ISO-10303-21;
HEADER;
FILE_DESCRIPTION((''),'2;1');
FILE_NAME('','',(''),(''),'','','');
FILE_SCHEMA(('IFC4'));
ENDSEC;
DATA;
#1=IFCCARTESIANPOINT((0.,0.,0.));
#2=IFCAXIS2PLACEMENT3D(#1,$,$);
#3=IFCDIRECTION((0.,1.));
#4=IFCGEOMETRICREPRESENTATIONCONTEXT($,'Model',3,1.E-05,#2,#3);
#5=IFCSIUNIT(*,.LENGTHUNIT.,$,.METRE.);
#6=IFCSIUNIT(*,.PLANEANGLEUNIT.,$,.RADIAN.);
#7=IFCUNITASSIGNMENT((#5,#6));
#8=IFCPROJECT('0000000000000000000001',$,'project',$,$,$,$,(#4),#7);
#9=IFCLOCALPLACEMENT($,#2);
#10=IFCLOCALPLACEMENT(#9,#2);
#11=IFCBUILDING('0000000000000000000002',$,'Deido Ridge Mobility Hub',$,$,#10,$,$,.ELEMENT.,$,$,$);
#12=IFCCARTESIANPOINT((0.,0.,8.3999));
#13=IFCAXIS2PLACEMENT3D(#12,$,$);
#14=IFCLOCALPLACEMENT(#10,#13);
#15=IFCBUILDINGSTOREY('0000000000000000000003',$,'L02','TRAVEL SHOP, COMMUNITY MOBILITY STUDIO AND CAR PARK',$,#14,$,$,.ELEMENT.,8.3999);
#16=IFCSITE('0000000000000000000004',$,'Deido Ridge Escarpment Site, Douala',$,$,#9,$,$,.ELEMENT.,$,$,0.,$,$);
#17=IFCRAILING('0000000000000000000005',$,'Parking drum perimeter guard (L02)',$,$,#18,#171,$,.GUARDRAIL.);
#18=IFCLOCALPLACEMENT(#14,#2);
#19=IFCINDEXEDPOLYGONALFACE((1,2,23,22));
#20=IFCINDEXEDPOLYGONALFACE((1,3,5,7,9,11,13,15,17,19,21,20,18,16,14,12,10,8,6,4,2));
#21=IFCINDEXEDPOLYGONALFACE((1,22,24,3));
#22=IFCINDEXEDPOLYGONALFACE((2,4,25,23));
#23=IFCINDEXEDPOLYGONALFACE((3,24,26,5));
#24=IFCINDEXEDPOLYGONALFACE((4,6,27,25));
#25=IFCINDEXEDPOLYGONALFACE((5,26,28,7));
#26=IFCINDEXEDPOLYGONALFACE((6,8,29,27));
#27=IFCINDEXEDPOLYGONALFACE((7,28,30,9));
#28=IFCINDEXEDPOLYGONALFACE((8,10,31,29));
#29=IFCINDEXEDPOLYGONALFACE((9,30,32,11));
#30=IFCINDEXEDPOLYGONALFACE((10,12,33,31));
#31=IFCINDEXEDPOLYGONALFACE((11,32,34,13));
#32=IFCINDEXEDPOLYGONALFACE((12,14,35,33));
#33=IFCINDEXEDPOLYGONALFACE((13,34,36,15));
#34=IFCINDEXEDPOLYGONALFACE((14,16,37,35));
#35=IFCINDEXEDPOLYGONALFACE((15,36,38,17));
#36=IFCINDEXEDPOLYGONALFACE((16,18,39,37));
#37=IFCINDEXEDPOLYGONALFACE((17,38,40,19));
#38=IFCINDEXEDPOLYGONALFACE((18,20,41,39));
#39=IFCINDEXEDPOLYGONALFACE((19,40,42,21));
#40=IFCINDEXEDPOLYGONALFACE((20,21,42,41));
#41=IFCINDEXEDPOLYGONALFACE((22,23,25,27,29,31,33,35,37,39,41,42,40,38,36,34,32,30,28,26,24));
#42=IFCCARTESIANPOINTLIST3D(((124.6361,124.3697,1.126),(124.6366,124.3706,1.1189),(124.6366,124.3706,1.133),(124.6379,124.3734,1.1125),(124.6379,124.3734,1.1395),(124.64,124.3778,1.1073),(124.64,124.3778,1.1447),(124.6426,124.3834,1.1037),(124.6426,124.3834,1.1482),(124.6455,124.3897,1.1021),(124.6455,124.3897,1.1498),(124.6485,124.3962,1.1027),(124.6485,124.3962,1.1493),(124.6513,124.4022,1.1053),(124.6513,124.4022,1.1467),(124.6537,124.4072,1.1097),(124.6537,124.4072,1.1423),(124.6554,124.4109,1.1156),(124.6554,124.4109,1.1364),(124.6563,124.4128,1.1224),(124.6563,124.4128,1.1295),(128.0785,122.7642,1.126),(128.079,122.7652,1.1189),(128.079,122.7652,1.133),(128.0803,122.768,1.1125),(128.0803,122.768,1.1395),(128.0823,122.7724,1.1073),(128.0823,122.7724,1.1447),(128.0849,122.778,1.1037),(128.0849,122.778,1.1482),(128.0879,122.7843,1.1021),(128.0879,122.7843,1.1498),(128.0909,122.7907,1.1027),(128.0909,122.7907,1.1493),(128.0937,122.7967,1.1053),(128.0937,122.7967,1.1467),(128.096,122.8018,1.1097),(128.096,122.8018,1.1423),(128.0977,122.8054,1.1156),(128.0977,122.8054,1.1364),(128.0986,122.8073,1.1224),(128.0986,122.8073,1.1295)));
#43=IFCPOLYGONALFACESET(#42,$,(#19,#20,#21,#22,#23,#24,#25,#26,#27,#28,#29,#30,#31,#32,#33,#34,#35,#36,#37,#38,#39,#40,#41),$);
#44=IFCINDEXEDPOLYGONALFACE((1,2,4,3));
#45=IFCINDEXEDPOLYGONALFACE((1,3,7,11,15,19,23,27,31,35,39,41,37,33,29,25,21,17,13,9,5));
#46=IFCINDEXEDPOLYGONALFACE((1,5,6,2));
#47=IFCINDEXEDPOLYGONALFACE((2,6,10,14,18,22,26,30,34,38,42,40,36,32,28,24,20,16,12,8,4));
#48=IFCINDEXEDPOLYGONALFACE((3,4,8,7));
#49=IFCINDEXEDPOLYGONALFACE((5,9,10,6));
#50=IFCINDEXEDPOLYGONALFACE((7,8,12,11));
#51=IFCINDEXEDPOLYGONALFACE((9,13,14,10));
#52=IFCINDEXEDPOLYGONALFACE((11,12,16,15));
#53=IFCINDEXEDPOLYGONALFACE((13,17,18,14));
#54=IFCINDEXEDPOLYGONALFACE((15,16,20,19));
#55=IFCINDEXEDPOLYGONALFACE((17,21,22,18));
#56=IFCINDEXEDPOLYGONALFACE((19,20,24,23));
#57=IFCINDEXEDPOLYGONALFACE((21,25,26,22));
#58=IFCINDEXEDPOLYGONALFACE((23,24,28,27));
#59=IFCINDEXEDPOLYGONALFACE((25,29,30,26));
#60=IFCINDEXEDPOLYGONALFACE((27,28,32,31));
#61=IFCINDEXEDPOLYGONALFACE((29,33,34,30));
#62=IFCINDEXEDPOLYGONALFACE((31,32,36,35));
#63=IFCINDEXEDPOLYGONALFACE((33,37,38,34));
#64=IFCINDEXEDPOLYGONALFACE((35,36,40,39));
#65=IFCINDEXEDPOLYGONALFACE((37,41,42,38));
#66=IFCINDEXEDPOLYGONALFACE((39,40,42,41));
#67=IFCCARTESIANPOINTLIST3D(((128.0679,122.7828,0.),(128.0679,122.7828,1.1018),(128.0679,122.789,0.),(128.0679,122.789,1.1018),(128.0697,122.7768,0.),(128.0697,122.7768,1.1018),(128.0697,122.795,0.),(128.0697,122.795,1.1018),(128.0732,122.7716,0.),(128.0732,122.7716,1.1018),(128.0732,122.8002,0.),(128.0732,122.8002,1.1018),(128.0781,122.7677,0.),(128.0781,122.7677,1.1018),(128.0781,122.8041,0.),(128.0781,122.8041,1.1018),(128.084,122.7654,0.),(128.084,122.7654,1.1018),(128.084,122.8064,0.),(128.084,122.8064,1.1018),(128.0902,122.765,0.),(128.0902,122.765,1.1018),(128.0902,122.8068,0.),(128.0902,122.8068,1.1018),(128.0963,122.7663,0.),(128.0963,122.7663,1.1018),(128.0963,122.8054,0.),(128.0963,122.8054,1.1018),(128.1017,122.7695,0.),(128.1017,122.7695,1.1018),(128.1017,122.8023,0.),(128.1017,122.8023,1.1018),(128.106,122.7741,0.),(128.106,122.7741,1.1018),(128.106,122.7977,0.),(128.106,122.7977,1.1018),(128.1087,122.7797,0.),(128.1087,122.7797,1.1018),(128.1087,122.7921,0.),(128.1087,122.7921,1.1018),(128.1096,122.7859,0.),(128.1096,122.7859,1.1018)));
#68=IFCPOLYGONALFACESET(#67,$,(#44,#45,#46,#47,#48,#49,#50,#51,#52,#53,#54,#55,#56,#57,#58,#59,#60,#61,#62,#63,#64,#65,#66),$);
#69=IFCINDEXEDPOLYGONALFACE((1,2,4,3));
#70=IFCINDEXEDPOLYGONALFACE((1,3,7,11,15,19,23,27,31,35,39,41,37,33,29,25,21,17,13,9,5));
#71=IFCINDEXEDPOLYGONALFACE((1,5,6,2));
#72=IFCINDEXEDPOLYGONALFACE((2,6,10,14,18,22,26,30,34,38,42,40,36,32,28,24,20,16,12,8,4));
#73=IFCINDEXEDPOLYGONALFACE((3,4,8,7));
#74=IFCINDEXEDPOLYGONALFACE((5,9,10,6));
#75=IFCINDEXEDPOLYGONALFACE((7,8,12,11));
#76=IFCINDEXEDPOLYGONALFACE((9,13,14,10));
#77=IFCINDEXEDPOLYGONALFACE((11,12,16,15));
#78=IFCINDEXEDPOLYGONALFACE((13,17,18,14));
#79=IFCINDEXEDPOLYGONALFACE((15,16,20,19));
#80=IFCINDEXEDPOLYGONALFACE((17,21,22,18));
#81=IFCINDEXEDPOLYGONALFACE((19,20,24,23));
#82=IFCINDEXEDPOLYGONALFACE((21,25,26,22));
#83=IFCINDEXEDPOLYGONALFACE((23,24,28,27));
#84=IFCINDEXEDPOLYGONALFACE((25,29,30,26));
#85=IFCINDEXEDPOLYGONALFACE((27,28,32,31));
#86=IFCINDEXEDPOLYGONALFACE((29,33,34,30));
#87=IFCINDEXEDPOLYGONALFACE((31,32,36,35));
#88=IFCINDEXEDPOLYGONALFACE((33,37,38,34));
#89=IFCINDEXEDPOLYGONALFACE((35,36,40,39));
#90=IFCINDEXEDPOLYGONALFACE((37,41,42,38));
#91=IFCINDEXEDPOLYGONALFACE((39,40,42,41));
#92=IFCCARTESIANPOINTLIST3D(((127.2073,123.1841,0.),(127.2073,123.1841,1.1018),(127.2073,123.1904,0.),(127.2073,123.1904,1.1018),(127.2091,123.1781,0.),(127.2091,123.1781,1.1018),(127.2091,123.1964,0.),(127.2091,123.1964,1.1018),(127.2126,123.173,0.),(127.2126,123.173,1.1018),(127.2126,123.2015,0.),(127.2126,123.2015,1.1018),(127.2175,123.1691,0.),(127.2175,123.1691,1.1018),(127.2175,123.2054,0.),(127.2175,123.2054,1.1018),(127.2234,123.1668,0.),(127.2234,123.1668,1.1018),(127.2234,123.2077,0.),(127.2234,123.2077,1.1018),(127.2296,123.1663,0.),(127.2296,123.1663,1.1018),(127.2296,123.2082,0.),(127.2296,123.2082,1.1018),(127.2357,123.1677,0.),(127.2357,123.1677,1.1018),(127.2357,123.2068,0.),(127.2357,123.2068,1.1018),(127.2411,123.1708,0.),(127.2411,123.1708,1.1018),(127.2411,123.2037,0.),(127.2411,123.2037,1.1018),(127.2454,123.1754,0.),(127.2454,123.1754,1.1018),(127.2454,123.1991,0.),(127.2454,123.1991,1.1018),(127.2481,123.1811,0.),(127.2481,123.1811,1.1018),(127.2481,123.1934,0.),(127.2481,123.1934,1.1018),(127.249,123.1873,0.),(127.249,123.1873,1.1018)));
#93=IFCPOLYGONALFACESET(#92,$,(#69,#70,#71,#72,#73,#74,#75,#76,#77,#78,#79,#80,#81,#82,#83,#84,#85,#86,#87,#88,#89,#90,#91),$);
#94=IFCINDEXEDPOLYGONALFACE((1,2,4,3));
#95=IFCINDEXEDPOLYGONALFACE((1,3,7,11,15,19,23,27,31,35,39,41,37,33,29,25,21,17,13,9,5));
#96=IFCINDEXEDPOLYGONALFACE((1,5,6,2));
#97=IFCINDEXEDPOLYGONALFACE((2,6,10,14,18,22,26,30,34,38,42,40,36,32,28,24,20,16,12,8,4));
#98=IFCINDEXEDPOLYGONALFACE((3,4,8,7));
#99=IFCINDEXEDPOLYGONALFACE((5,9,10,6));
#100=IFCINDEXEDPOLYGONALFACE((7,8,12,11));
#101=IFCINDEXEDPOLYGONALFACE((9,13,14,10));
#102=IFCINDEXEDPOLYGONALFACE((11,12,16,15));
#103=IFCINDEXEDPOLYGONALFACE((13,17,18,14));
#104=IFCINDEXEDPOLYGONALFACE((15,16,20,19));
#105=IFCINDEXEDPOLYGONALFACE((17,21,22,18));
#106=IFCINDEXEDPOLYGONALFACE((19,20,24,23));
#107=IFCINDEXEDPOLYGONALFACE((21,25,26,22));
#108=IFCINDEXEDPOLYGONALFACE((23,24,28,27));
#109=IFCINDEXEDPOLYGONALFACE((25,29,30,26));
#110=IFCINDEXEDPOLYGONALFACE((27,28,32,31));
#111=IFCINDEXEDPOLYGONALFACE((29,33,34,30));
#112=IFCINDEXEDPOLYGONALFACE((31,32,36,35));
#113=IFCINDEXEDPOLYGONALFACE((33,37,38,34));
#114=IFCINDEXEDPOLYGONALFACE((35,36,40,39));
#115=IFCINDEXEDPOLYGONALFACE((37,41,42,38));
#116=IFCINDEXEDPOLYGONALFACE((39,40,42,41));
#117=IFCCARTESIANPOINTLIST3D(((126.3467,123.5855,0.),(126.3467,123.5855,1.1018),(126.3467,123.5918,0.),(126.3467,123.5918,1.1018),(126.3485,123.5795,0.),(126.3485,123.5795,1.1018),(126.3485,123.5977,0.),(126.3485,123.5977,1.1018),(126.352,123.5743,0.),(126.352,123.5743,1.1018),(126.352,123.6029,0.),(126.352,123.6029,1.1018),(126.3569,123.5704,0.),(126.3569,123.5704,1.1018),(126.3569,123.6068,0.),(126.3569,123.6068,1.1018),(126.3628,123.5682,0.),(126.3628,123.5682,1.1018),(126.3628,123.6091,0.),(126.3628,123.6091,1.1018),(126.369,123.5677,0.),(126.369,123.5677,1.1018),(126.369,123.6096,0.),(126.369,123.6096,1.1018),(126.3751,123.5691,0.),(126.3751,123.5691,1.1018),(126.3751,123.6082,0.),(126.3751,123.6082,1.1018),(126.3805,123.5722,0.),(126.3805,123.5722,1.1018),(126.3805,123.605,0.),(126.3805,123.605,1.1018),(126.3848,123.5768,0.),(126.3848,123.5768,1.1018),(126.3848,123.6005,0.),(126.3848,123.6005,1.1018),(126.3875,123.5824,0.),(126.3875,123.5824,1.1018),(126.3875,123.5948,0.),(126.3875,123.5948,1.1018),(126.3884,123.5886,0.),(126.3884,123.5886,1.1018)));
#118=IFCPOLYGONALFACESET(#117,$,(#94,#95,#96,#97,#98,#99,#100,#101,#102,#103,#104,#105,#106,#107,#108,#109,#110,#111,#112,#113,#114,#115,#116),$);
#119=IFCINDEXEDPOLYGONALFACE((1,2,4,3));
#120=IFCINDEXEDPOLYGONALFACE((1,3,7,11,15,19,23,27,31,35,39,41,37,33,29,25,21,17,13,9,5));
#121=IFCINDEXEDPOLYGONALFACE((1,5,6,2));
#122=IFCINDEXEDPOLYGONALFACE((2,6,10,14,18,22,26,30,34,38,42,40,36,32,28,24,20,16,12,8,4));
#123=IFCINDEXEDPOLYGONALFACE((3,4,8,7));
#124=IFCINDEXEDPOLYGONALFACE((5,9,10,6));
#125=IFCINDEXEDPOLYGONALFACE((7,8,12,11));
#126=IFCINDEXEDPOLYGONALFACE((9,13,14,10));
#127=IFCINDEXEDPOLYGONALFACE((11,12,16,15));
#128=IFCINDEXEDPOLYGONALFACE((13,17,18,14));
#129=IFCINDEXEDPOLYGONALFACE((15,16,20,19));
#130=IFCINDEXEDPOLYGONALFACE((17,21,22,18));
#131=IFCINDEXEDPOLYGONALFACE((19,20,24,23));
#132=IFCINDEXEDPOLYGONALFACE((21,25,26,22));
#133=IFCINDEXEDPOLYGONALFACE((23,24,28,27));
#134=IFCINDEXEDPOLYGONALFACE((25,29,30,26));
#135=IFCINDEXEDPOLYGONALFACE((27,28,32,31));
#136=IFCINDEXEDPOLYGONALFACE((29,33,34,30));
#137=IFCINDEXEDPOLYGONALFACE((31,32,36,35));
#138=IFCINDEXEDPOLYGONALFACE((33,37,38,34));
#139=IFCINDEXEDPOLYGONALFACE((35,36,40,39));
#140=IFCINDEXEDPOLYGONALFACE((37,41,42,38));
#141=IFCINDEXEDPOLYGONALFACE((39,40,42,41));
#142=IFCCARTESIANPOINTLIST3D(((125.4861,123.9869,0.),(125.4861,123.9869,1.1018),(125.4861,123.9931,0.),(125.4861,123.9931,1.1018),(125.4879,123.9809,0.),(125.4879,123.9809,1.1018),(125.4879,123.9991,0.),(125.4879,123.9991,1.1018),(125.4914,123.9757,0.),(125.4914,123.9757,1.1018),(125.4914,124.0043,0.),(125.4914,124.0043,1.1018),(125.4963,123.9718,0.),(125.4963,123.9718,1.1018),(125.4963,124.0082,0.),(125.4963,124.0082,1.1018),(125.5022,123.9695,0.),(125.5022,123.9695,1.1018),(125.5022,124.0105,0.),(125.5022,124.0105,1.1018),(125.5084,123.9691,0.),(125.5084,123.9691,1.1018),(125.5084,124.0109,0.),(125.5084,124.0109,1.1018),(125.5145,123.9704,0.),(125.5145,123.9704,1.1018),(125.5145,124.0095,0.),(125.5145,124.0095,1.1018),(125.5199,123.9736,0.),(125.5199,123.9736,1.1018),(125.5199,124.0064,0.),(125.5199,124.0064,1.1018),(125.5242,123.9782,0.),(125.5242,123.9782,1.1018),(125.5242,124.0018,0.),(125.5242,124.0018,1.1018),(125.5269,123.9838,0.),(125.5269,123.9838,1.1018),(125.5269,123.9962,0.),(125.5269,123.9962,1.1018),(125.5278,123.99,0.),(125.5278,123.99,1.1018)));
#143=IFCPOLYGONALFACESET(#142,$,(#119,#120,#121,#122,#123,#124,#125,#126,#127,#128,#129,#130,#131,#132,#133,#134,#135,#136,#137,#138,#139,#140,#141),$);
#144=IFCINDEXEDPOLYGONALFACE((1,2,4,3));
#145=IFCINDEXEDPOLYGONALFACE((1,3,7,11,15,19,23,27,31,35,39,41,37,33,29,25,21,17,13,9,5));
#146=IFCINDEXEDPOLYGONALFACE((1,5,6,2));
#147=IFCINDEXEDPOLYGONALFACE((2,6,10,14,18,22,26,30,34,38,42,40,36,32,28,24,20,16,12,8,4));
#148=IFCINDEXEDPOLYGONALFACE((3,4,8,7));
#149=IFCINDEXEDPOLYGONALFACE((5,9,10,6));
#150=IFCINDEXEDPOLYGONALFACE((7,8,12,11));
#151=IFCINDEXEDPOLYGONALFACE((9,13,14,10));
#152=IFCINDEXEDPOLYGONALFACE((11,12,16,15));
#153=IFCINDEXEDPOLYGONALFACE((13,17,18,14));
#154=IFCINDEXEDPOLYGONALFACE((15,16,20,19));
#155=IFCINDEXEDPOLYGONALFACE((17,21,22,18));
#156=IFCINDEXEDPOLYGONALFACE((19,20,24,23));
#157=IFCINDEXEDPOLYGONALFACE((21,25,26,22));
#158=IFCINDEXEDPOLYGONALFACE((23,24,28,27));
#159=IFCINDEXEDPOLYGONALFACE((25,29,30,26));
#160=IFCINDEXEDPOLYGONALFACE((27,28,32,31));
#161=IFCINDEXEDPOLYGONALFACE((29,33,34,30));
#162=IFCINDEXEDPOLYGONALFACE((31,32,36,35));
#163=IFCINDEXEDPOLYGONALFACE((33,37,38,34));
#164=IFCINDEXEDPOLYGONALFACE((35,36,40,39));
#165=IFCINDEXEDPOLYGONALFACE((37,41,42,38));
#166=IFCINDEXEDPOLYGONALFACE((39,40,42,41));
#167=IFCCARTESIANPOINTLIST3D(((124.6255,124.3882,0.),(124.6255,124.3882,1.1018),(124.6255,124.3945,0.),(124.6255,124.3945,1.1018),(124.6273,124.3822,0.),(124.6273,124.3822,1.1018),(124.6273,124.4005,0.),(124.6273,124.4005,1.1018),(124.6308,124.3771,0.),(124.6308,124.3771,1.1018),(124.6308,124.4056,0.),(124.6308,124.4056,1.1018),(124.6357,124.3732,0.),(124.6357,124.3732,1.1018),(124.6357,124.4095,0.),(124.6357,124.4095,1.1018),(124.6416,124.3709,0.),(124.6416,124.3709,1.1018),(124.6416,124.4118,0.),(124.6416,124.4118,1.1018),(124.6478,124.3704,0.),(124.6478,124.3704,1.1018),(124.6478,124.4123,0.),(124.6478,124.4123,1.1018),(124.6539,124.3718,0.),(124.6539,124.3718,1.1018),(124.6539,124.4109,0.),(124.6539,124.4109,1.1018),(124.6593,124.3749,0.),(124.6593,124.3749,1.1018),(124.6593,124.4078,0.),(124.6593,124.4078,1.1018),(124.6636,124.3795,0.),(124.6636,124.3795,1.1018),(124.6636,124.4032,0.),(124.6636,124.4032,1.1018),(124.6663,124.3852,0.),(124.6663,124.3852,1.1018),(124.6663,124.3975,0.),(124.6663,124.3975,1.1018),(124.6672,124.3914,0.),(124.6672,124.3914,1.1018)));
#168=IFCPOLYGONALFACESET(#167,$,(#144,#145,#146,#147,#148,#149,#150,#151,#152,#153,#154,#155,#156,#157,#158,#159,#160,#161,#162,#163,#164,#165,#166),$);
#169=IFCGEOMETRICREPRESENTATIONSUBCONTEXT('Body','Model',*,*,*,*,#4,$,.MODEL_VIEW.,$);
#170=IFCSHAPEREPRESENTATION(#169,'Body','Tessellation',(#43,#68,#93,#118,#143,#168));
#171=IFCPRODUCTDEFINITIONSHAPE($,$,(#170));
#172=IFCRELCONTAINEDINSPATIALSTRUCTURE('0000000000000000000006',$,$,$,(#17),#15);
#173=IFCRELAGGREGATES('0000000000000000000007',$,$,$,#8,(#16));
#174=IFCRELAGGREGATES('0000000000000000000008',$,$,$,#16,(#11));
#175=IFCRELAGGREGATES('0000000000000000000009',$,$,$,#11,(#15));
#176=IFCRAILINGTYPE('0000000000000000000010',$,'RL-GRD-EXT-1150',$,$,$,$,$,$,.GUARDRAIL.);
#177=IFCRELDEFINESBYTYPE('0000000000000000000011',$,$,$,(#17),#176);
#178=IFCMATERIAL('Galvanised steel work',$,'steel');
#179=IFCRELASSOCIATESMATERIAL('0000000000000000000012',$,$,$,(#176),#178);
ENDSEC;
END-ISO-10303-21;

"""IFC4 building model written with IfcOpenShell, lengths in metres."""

from ifc_helpers import new_model, si_unit, direction, frame, origin, origin_2d, place, context, subcontext, project, spatial, circle, extrude, material, type_object, element, save


model = new_model("IFC4")

# Units and contexts
model_context = context("Model", 3, precision=1e-05, world=origin(), true_north=direction((0.0, 1.0)))
body_context = subcontext(model_context, "Body", "Model", "MODEL_VIEW")
ifc_project = project(units=[si_unit("LENGTHUNIT", "METRE"), si_unit("PLANEANGLEUNIT", "RADIAN")], contexts=[model_context])

# Site, building, storey
site_placement = place(None, origin())
site = spatial("IfcSite", under=ifc_project, at=site_placement, Name="Deido Ridge Escarpment Site, Douala", CompositionType="ELEMENT", RefElevation=0.0)
building_placement = place(site_placement, origin())
building = spatial("IfcBuilding", under=site, at=building_placement, Name="Deido Ridge Mobility Hub", CompositionType="ELEMENT")
storey_placement = place(building_placement, frame((0.0, 0.0, 8.3999)))
storey = spatial("IfcBuildingStorey", under=building, at=storey_placement, Name="L02", Description="TRAVEL SHOP, COMMUNITY MOBILITY STUDIO AND CAR PARK", CompositionType="ELEMENT", Elevation=8.3999)

# Railing
ifc_material_1 = material(Name="Galvanised steel work", Category="steel")
railing_type = type_object("IfcRailingType", Name="RL-GRD-EXT-1150", PredefinedType="GUARDRAIL", material=ifc_material_1)
railing_1_placement = place(storey_placement, frame((128.0886, 122.7859, 0.0)))
element("IfcRailing", 1, at=railing_1_placement, inside=storey, type_object=railing_type, Name="Parking drum perimeter guard (L02)", PredefinedType="GUARDRAIL", context=body_context, shape_type="SweptSolid", body=[
    extrude(circle(Radius=0.0239, at=origin_2d()), frame((0.0, 0.0, 1.126), z_axis=(-0.906282, 0.422674, 0.0), x_axis=(-0.422674, -0.906282, 0.0)), (0.0, 0.0, 1.0), 3.7983),
    extrude(circle(Radius=0.021, at=origin_2d()), origin(), (0.0, 0.0, 1.0), 1.1018),
    extrude(circle(Radius=0.021, at=origin_2d()), frame((-0.8606, 0.4014, 0.0)), (0.0, 0.0, 1.0), 1.1018),
    extrude(circle(Radius=0.021, at=origin_2d()), frame((-1.7212, 0.8027, 0.0)), (0.0, 0.0, 1.0), 1.1018),
    extrude(circle(Radius=0.021, at=origin_2d()), frame((-2.5818, 1.2041, 0.0)), (0.0, 0.0, 1.0), 1.1018),
    extrude(circle(Radius=0.021, at=origin_2d()), frame((-3.4424, 1.6055, 0.0)), (0.0, 0.0, 1.0), 1.1018),
])

save(model, "model.ifc")
